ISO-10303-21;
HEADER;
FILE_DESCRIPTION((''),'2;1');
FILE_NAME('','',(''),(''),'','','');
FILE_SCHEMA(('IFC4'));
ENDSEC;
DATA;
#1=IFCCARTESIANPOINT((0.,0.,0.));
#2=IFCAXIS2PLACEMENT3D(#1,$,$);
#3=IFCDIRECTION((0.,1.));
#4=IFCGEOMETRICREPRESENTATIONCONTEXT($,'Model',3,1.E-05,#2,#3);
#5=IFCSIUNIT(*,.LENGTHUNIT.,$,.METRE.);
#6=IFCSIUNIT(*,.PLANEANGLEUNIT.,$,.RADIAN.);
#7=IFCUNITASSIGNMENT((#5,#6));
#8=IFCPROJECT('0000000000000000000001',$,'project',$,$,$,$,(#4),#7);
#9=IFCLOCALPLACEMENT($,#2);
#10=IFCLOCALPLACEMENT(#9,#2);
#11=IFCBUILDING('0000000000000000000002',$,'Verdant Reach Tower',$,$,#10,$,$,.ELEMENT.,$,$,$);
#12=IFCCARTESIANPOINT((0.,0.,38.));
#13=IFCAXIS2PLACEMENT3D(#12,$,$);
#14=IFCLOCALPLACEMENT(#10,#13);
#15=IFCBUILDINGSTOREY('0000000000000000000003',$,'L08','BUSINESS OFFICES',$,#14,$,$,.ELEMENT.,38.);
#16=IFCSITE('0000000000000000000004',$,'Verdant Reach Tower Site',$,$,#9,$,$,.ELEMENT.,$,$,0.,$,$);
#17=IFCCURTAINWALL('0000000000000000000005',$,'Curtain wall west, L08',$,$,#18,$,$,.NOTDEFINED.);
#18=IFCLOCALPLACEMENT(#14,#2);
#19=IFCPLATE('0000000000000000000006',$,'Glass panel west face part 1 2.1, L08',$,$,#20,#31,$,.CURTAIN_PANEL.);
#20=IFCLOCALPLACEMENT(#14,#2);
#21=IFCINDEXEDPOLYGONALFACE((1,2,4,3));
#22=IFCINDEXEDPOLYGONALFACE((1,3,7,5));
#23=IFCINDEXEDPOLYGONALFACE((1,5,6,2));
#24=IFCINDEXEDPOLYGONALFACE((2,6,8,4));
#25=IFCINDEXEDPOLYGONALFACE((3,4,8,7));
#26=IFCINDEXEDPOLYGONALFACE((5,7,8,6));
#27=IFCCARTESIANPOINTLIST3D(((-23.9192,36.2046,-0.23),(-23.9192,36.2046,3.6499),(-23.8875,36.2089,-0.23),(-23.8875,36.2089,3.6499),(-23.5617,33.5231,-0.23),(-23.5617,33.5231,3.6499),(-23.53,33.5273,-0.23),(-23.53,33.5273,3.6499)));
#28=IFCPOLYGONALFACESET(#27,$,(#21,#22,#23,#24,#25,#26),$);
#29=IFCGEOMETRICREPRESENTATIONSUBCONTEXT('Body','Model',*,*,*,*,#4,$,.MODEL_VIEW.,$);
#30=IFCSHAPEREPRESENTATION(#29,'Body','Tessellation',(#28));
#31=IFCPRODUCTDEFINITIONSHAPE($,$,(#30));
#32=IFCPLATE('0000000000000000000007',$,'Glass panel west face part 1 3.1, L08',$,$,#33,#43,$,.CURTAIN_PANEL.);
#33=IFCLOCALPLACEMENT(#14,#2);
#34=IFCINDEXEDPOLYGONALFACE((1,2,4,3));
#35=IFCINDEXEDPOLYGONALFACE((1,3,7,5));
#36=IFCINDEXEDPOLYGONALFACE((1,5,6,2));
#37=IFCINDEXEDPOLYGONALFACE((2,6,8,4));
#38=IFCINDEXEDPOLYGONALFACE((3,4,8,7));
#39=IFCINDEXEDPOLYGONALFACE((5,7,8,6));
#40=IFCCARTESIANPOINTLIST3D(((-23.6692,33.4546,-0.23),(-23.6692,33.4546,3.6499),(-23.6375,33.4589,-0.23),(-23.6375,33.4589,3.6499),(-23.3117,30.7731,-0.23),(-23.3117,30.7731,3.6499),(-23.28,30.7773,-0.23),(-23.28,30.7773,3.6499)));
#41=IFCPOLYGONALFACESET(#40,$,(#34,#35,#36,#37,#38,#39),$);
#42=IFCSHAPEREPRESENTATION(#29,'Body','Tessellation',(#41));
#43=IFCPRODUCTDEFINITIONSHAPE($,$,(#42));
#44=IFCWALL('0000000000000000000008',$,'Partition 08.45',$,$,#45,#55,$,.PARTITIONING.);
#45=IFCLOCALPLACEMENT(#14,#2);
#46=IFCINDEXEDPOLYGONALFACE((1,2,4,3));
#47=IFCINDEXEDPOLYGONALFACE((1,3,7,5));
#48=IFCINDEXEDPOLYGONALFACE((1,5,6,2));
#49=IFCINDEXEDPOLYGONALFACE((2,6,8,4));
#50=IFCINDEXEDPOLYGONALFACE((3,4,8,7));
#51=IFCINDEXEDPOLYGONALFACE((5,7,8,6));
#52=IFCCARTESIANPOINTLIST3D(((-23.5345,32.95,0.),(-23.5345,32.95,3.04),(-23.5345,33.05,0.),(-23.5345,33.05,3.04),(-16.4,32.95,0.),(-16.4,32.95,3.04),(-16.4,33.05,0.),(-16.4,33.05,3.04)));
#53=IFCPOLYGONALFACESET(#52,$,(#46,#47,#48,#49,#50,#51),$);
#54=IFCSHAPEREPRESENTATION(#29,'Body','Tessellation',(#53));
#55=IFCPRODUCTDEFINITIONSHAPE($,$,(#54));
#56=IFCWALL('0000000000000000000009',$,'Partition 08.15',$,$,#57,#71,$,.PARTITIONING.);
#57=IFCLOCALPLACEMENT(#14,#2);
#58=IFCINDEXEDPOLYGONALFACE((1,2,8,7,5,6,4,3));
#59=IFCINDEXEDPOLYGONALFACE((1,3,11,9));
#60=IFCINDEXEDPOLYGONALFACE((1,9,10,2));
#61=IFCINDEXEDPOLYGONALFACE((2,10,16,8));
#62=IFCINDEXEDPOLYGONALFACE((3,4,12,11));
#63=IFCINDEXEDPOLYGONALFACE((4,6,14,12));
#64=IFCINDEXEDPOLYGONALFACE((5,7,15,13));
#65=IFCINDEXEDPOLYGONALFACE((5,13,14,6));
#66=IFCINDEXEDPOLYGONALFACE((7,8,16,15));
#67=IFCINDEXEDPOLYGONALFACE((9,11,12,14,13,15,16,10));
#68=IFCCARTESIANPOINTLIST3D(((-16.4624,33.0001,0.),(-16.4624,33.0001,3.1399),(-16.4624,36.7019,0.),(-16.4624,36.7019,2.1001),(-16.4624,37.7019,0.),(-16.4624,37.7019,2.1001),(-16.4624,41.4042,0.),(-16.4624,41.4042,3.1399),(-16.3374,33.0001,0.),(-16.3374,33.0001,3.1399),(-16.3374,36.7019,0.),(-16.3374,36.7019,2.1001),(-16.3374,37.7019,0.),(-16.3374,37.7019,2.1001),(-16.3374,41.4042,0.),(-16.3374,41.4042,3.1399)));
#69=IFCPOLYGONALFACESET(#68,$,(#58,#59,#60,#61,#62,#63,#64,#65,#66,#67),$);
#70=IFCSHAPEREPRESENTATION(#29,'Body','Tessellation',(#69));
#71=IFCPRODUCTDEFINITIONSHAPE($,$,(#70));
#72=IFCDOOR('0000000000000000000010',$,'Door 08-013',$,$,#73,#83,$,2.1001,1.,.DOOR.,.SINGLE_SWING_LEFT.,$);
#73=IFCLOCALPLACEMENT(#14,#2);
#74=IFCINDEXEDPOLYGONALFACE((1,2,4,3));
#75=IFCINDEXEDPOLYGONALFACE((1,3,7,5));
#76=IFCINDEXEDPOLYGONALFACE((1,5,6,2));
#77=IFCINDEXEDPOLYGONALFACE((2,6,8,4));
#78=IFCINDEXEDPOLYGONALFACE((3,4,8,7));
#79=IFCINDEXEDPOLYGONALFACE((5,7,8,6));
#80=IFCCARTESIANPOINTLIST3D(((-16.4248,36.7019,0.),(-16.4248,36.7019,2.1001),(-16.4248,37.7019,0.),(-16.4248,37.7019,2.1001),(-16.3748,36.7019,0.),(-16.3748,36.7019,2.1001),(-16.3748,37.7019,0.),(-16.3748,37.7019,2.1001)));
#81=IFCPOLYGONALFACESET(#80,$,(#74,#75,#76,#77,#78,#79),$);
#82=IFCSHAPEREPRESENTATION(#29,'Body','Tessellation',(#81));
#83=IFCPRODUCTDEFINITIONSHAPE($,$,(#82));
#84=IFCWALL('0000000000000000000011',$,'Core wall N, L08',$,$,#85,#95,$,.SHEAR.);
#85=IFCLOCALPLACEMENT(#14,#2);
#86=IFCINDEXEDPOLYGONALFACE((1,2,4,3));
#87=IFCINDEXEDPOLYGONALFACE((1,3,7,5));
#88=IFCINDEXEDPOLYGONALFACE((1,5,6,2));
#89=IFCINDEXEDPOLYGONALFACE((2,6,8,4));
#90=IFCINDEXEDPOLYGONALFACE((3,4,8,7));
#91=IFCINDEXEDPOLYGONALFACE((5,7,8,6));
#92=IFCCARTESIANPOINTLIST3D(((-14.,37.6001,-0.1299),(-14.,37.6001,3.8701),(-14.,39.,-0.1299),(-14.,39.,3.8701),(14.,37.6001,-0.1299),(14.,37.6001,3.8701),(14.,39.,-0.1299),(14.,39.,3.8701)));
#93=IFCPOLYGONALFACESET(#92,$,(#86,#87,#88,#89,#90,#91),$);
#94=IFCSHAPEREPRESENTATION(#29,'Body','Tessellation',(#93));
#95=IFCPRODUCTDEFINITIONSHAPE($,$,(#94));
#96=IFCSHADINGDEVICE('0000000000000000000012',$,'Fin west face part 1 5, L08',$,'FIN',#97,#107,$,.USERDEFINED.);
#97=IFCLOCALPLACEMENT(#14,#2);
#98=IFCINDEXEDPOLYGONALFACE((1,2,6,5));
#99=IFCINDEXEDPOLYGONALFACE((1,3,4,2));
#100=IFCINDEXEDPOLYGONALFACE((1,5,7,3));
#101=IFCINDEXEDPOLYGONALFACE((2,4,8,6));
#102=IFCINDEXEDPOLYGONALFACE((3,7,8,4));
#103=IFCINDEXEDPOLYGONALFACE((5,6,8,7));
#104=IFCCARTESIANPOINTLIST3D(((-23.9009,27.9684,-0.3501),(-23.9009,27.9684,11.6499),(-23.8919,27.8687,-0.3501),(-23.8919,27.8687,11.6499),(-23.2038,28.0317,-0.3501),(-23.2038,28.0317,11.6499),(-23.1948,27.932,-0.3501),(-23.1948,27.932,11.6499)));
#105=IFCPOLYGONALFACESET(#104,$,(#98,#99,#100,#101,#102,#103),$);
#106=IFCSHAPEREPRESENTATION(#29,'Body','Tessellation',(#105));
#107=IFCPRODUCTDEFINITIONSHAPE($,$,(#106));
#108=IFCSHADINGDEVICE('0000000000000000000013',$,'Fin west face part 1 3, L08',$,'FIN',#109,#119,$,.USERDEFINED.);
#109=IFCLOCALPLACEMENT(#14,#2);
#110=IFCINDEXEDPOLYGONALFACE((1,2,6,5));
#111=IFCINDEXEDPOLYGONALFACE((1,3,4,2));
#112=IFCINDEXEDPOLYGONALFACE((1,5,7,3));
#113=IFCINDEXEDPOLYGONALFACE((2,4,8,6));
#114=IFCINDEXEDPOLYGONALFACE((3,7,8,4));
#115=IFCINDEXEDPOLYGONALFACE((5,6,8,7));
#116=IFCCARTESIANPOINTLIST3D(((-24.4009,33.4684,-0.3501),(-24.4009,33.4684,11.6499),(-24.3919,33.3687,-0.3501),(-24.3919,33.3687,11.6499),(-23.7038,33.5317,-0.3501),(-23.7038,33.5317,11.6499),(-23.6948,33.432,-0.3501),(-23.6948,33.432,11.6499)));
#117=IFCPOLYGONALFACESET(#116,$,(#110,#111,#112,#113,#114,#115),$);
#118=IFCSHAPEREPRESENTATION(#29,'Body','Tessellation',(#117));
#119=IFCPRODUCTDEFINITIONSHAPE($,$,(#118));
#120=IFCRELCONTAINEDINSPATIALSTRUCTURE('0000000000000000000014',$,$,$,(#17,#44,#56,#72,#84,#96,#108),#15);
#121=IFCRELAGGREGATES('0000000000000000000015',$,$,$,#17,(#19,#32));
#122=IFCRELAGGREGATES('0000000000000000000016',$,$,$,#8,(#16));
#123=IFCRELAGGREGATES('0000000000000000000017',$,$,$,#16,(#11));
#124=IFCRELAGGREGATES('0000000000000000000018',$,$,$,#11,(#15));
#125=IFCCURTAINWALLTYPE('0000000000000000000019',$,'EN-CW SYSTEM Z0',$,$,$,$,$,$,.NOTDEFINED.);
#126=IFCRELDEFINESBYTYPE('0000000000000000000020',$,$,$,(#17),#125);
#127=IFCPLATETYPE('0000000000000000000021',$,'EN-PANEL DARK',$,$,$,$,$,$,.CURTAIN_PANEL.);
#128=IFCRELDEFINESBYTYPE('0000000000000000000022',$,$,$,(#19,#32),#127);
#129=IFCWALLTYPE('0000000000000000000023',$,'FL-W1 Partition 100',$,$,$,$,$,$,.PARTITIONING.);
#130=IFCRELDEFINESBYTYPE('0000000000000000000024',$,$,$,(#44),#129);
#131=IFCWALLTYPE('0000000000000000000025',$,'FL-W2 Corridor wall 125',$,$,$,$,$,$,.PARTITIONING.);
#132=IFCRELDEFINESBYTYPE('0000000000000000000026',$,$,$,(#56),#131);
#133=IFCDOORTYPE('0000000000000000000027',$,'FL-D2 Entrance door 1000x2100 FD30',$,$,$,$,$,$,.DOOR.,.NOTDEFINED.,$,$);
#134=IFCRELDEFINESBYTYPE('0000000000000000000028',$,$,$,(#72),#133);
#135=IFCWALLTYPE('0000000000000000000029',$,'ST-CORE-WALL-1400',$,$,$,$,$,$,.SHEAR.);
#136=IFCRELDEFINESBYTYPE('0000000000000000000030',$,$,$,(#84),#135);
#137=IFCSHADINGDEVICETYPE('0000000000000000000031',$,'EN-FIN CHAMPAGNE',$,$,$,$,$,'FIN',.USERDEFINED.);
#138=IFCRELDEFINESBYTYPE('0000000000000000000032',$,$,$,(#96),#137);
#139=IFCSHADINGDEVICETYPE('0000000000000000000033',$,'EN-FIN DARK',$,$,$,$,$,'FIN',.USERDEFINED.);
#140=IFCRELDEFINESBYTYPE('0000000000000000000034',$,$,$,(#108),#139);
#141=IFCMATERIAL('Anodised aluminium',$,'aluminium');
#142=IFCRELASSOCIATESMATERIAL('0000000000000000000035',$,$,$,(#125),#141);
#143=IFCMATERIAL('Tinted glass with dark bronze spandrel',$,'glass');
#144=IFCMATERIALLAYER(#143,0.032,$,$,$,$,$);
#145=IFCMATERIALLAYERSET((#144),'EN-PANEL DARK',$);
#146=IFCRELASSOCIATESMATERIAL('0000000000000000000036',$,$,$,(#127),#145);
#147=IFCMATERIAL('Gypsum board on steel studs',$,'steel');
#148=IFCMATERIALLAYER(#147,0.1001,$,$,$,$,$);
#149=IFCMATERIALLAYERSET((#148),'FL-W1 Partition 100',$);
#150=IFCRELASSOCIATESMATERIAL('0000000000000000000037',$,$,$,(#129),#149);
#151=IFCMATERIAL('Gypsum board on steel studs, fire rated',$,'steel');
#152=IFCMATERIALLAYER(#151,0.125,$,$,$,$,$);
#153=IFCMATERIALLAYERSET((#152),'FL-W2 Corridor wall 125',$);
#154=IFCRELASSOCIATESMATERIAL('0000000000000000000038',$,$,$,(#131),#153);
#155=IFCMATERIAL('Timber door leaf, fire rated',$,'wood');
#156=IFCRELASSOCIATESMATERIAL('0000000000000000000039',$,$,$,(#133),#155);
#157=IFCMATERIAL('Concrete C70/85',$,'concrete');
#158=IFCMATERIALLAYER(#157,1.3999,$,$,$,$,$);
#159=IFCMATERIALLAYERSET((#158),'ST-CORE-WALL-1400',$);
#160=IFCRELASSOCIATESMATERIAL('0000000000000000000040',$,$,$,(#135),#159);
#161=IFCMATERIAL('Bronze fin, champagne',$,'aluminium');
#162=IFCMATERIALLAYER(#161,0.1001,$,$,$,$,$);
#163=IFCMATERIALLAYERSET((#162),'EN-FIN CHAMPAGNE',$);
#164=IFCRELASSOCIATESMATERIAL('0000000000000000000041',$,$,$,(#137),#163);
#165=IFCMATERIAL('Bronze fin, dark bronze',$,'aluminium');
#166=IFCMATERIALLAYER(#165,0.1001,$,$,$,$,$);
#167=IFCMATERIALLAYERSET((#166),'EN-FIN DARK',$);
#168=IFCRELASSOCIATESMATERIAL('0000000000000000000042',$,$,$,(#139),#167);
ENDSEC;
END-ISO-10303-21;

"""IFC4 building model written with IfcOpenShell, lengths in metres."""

from ifc_helpers import new_model, si_unit, direction, frame, frame_2d, origin, origin_2d, place, context, subcontext, project, spatial, rectangle, extrude, material, layer, layer_set, type_object, element, fill, aggregate, save


model = new_model("IFC4")

# Units and contexts
model_context = context("Model", 3, precision=1e-05, world=origin(), true_north=direction((0.0, 1.0)))
body_context = subcontext(model_context, "Body", "Model", "MODEL_VIEW")
ifc_project = project(units=[si_unit("LENGTHUNIT", "METRE"), si_unit("PLANEANGLEUNIT", "RADIAN")], contexts=[model_context])

# Site, building, storey
site_placement = place(None, origin())
site = spatial("IfcSite", under=ifc_project, at=site_placement, Name="Verdant Reach Tower Site", CompositionType="ELEMENT", RefElevation=0.0)
building_placement = place(site_placement, origin())
building = spatial("IfcBuilding", under=site, at=building_placement, Name="Verdant Reach Tower", CompositionType="ELEMENT")
storey_placement = place(building_placement, frame((0.0, 0.0, 38.0)))
storey = spatial("IfcBuildingStorey", under=building, at=storey_placement, Name="L08", Description="BUSINESS OFFICES", CompositionType="ELEMENT", Elevation=38.0)

# Curtain wall
ifc_material_1 = material(Name="Anodised aluminium", Category="aluminium")
curtain_wall_type = type_object("IfcCurtainWallType", Name="EN-CW SYSTEM Z0", PredefinedType="NOTDEFINED", material=ifc_material_1)
curtain_wall_placement = place(storey_placement, origin())
curtain_wall = element("IfcCurtainWall", 1, at=curtain_wall_placement, inside=storey, type_object=curtain_wall_type, Name="Curtain wall west, L08", PredefinedType="NOTDEFINED")

# Plates
ifc_material_2 = material(Name="Tinted glass with dark bronze spandrel", Category="glass")
ifc_layer_1 = layer(ifc_material_2, 0.032)
ifc_layer_set_1 = layer_set([ifc_layer_1], Name="EN-PANEL DARK")
plate_type_1 = type_object("IfcPlateType", Name="EN-PANEL DARK", PredefinedType="CURTAIN_PANEL", material=ifc_layer_set_1)
plate_1_placement = place(storey_placement, frame((-23.7246, 34.866, -0.23), z_axis=(0.0, 0.0, 1.0), x_axis=(0.13216, -0.991228, 0.0)))
plate_1 = element("IfcPlate", 2, at=plate_1_placement, type_object=plate_type_1, Name="Glass panel west face part 1 2.1, L08", PredefinedType="CURTAIN_PANEL", context=body_context, shape_type="SweptSolid", body=[
    extrude(rectangle(XDim=2.7053, YDim=0.032, at=origin_2d()), origin(), (0.0, 0.0, 1.0), 3.8799),
])
plate_2_placement = place(storey_placement, frame((-23.4746, 32.116, -0.23), z_axis=(0.0, 0.0, 1.0), x_axis=(0.13216, -0.991228, 0.0)))
plate_2 = element("IfcPlate", 3, at=plate_2_placement, type_object=plate_type_1, Name="Glass panel west face part 1 3.1, L08", PredefinedType="CURTAIN_PANEL", context=body_context, shape_type="SweptSolid", body=[
    extrude(rectangle(XDim=2.7053, YDim=0.032, at=origin_2d()), origin(), (0.0, 0.0, 1.0), 3.8799),
])
aggregate(curtain_wall, [plate_1, plate_2])

# Wall
ifc_material_3 = material(Name="Gypsum board on steel studs", Category="steel")
ifc_layer_2 = layer(ifc_material_3, 0.1001)
ifc_layer_set_2 = layer_set([ifc_layer_2], Name="FL-W1 Partition 100")
wall_type_1 = type_object("IfcWallType", Name="FL-W1 Partition 100", PredefinedType="PARTITIONING", material=ifc_layer_set_2)
wall_1_placement = place(storey_placement, frame((-16.3999, 33.0, 0.0), z_axis=(0.0, 0.0, 1.0), x_axis=(-1.0, 0.0, 0.0)))
element("IfcWall", 4, at=wall_1_placement, inside=storey, type_object=wall_type_1, Name="Partition 08.45", PredefinedType="PARTITIONING", context=body_context, shape_type="SweptSolid", body=[
    extrude(rectangle(XDim=7.1345, YDim=0.1001, at=frame_2d((3.5674, 0.0))), origin(), (0.0, 0.0, 1.0), 3.04),
])

# Wall, opening, door
ifc_material_4 = material(Name="Gypsum board on steel studs, fire rated", Category="steel")
ifc_layer_3 = layer(ifc_material_4, 0.125)
ifc_layer_set_3 = layer_set([ifc_layer_3], Name="FL-W2 Corridor wall 125")
wall_type_2 = type_object("IfcWallType", Name="FL-W2 Corridor wall 125", PredefinedType="PARTITIONING", material=ifc_layer_set_3)
wall_2_placement = place(storey_placement, frame((-16.3999, 33.0, 0.0), z_axis=(0.0, 0.0, 1.0), x_axis=(0.0, 1.0, 0.0)))
wall_2 = element("IfcWall", 5, at=wall_2_placement, inside=storey, type_object=wall_type_2, Name="Partition 08.15", PredefinedType="PARTITIONING", context=body_context, shape_type="SweptSolid", body=[
    extrude(rectangle(XDim=8.4041, YDim=0.125, at=frame_2d((4.2021, 0.0))), origin(), (0.0, 0.0, 1.0), 3.1399),
])
opening_placement = place(wall_2_placement, frame((3.7019, 0.0, 0.0)))
opening = element("IfcOpeningElement", 6, at=opening_placement, cuts=wall_2, PredefinedType="OPENING", context=body_context, shape_type="SweptSolid", body=[
    extrude(rectangle(XDim=1.0, YDim=2.1001, at=frame_2d((0.5, 1.05))), frame((0.0, 0.0725, 0.0), z_axis=(0.0, -1.0, 0.0), x_axis=(1.0, 0.0, 0.0)), (0.0, 0.0, 1.0), 0.145),
])
ifc_material_5 = material(Name="Timber door leaf, fire rated", Category="wood")
door_type = type_object("IfcDoorType", Name="FL-D2 Entrance door 1000x2100 FD30", OperationType="NOTDEFINED", PredefinedType="DOOR", material=ifc_material_5)
door_placement = place(opening_placement, origin())
door = element("IfcDoor", 7, at=door_placement, inside=storey, type_object=door_type, Name="Door 08-013", OperationType="SINGLE_SWING_LEFT", OverallHeight=2.1001, OverallWidth=1.0, PredefinedType="DOOR", context=body_context, shape_type="SweptSolid", body=[
    extrude(rectangle(XDim=1.0, YDim=2.1001, at=frame_2d((0.5, 1.05))), frame((0.0, 0.0249, 0.0), z_axis=(0.0, -1.0, 0.0), x_axis=(1.0, 0.0, 0.0)), (0.0, 0.0, 1.0), 0.05),
])
fill(opening, door)

# Wall
ifc_material_6 = material(Name="Concrete C70/85", Category="concrete")
ifc_layer_4 = layer(ifc_material_6, 1.3999)
ifc_layer_set_4 = layer_set([ifc_layer_4], Name="ST-CORE-WALL-1400")
wall_type_3 = type_object("IfcWallType", Name="ST-CORE-WALL-1400", PredefinedType="SHEAR", material=ifc_layer_set_4)
wall_3_placement = place(storey_placement, frame((-14.0, 38.3, -0.1299), z_axis=(0.0, 0.0, 1.0), x_axis=(1.0, 0.0, 0.0)))
element("IfcWall", 8, at=wall_3_placement, inside=storey, type_object=wall_type_3, Name="Core wall N, L08", PredefinedType="SHEAR", context=body_context, shape_type="SweptSolid", body=[
    extrude(rectangle(XDim=28.0, YDim=1.3999, at=frame_2d((14.0, 0.0))), origin(), (0.0, 0.0, 1.0), 4.0),
])

# Shading devices
ifc_material_7 = material(Name="Bronze fin, champagne", Category="aluminium")
ifc_layer_5 = layer(ifc_material_7, 0.1001)
ifc_layer_set_5 = layer_set([ifc_layer_5], Name="EN-FIN CHAMPAGNE")
shading_device_type_1 = type_object("IfcShadingDeviceType", Name="EN-FIN CHAMPAGNE", ElementType="FIN", PredefinedType="USERDEFINED", material=ifc_layer_set_5)
shading_device_1_placement = place(storey_placement, frame((-23.5479, 27.9502, -0.3501), z_axis=(0.0, 0.0, 1.0), x_axis=(0.090536, -0.995893, 0.0)))
element("IfcShadingDevice", 9, at=shading_device_1_placement, inside=storey, type_object=shading_device_type_1, Name="Fin west face part 1 5, L08", ObjectType="FIN", PredefinedType="USERDEFINED", context=body_context, shape_type="SweptSolid", body=[
    extrude(rectangle(XDim=0.1001, YDim=0.7, at=origin_2d()), origin(), (0.0, 0.0, 1.0), 12.0),
])
ifc_material_8 = material(Name="Bronze fin, dark bronze", Category="aluminium")
ifc_layer_6 = layer(ifc_material_8, 0.1001)
ifc_layer_set_6 = layer_set([ifc_layer_6], Name="EN-FIN DARK")
shading_device_type_2 = type_object("IfcShadingDeviceType", Name="EN-FIN DARK", ElementType="FIN", PredefinedType="USERDEFINED", material=ifc_layer_set_6)
shading_device_2_placement = place(storey_placement, frame((-24.0479, 33.4502, -0.3501), z_axis=(0.0, 0.0, 1.0), x_axis=(0.090536, -0.995893, 0.0)))
element("IfcShadingDevice", 10, at=shading_device_2_placement, inside=storey, type_object=shading_device_type_2, Name="Fin west face part 1 3, L08", ObjectType="FIN", PredefinedType="USERDEFINED", context=body_context, shape_type="SweptSolid", body=[
    extrude(rectangle(XDim=0.1001, YDim=0.7, at=origin_2d()), origin(), (0.0, 0.0, 1.0), 12.0),
])

save(model, "model.ifc")
